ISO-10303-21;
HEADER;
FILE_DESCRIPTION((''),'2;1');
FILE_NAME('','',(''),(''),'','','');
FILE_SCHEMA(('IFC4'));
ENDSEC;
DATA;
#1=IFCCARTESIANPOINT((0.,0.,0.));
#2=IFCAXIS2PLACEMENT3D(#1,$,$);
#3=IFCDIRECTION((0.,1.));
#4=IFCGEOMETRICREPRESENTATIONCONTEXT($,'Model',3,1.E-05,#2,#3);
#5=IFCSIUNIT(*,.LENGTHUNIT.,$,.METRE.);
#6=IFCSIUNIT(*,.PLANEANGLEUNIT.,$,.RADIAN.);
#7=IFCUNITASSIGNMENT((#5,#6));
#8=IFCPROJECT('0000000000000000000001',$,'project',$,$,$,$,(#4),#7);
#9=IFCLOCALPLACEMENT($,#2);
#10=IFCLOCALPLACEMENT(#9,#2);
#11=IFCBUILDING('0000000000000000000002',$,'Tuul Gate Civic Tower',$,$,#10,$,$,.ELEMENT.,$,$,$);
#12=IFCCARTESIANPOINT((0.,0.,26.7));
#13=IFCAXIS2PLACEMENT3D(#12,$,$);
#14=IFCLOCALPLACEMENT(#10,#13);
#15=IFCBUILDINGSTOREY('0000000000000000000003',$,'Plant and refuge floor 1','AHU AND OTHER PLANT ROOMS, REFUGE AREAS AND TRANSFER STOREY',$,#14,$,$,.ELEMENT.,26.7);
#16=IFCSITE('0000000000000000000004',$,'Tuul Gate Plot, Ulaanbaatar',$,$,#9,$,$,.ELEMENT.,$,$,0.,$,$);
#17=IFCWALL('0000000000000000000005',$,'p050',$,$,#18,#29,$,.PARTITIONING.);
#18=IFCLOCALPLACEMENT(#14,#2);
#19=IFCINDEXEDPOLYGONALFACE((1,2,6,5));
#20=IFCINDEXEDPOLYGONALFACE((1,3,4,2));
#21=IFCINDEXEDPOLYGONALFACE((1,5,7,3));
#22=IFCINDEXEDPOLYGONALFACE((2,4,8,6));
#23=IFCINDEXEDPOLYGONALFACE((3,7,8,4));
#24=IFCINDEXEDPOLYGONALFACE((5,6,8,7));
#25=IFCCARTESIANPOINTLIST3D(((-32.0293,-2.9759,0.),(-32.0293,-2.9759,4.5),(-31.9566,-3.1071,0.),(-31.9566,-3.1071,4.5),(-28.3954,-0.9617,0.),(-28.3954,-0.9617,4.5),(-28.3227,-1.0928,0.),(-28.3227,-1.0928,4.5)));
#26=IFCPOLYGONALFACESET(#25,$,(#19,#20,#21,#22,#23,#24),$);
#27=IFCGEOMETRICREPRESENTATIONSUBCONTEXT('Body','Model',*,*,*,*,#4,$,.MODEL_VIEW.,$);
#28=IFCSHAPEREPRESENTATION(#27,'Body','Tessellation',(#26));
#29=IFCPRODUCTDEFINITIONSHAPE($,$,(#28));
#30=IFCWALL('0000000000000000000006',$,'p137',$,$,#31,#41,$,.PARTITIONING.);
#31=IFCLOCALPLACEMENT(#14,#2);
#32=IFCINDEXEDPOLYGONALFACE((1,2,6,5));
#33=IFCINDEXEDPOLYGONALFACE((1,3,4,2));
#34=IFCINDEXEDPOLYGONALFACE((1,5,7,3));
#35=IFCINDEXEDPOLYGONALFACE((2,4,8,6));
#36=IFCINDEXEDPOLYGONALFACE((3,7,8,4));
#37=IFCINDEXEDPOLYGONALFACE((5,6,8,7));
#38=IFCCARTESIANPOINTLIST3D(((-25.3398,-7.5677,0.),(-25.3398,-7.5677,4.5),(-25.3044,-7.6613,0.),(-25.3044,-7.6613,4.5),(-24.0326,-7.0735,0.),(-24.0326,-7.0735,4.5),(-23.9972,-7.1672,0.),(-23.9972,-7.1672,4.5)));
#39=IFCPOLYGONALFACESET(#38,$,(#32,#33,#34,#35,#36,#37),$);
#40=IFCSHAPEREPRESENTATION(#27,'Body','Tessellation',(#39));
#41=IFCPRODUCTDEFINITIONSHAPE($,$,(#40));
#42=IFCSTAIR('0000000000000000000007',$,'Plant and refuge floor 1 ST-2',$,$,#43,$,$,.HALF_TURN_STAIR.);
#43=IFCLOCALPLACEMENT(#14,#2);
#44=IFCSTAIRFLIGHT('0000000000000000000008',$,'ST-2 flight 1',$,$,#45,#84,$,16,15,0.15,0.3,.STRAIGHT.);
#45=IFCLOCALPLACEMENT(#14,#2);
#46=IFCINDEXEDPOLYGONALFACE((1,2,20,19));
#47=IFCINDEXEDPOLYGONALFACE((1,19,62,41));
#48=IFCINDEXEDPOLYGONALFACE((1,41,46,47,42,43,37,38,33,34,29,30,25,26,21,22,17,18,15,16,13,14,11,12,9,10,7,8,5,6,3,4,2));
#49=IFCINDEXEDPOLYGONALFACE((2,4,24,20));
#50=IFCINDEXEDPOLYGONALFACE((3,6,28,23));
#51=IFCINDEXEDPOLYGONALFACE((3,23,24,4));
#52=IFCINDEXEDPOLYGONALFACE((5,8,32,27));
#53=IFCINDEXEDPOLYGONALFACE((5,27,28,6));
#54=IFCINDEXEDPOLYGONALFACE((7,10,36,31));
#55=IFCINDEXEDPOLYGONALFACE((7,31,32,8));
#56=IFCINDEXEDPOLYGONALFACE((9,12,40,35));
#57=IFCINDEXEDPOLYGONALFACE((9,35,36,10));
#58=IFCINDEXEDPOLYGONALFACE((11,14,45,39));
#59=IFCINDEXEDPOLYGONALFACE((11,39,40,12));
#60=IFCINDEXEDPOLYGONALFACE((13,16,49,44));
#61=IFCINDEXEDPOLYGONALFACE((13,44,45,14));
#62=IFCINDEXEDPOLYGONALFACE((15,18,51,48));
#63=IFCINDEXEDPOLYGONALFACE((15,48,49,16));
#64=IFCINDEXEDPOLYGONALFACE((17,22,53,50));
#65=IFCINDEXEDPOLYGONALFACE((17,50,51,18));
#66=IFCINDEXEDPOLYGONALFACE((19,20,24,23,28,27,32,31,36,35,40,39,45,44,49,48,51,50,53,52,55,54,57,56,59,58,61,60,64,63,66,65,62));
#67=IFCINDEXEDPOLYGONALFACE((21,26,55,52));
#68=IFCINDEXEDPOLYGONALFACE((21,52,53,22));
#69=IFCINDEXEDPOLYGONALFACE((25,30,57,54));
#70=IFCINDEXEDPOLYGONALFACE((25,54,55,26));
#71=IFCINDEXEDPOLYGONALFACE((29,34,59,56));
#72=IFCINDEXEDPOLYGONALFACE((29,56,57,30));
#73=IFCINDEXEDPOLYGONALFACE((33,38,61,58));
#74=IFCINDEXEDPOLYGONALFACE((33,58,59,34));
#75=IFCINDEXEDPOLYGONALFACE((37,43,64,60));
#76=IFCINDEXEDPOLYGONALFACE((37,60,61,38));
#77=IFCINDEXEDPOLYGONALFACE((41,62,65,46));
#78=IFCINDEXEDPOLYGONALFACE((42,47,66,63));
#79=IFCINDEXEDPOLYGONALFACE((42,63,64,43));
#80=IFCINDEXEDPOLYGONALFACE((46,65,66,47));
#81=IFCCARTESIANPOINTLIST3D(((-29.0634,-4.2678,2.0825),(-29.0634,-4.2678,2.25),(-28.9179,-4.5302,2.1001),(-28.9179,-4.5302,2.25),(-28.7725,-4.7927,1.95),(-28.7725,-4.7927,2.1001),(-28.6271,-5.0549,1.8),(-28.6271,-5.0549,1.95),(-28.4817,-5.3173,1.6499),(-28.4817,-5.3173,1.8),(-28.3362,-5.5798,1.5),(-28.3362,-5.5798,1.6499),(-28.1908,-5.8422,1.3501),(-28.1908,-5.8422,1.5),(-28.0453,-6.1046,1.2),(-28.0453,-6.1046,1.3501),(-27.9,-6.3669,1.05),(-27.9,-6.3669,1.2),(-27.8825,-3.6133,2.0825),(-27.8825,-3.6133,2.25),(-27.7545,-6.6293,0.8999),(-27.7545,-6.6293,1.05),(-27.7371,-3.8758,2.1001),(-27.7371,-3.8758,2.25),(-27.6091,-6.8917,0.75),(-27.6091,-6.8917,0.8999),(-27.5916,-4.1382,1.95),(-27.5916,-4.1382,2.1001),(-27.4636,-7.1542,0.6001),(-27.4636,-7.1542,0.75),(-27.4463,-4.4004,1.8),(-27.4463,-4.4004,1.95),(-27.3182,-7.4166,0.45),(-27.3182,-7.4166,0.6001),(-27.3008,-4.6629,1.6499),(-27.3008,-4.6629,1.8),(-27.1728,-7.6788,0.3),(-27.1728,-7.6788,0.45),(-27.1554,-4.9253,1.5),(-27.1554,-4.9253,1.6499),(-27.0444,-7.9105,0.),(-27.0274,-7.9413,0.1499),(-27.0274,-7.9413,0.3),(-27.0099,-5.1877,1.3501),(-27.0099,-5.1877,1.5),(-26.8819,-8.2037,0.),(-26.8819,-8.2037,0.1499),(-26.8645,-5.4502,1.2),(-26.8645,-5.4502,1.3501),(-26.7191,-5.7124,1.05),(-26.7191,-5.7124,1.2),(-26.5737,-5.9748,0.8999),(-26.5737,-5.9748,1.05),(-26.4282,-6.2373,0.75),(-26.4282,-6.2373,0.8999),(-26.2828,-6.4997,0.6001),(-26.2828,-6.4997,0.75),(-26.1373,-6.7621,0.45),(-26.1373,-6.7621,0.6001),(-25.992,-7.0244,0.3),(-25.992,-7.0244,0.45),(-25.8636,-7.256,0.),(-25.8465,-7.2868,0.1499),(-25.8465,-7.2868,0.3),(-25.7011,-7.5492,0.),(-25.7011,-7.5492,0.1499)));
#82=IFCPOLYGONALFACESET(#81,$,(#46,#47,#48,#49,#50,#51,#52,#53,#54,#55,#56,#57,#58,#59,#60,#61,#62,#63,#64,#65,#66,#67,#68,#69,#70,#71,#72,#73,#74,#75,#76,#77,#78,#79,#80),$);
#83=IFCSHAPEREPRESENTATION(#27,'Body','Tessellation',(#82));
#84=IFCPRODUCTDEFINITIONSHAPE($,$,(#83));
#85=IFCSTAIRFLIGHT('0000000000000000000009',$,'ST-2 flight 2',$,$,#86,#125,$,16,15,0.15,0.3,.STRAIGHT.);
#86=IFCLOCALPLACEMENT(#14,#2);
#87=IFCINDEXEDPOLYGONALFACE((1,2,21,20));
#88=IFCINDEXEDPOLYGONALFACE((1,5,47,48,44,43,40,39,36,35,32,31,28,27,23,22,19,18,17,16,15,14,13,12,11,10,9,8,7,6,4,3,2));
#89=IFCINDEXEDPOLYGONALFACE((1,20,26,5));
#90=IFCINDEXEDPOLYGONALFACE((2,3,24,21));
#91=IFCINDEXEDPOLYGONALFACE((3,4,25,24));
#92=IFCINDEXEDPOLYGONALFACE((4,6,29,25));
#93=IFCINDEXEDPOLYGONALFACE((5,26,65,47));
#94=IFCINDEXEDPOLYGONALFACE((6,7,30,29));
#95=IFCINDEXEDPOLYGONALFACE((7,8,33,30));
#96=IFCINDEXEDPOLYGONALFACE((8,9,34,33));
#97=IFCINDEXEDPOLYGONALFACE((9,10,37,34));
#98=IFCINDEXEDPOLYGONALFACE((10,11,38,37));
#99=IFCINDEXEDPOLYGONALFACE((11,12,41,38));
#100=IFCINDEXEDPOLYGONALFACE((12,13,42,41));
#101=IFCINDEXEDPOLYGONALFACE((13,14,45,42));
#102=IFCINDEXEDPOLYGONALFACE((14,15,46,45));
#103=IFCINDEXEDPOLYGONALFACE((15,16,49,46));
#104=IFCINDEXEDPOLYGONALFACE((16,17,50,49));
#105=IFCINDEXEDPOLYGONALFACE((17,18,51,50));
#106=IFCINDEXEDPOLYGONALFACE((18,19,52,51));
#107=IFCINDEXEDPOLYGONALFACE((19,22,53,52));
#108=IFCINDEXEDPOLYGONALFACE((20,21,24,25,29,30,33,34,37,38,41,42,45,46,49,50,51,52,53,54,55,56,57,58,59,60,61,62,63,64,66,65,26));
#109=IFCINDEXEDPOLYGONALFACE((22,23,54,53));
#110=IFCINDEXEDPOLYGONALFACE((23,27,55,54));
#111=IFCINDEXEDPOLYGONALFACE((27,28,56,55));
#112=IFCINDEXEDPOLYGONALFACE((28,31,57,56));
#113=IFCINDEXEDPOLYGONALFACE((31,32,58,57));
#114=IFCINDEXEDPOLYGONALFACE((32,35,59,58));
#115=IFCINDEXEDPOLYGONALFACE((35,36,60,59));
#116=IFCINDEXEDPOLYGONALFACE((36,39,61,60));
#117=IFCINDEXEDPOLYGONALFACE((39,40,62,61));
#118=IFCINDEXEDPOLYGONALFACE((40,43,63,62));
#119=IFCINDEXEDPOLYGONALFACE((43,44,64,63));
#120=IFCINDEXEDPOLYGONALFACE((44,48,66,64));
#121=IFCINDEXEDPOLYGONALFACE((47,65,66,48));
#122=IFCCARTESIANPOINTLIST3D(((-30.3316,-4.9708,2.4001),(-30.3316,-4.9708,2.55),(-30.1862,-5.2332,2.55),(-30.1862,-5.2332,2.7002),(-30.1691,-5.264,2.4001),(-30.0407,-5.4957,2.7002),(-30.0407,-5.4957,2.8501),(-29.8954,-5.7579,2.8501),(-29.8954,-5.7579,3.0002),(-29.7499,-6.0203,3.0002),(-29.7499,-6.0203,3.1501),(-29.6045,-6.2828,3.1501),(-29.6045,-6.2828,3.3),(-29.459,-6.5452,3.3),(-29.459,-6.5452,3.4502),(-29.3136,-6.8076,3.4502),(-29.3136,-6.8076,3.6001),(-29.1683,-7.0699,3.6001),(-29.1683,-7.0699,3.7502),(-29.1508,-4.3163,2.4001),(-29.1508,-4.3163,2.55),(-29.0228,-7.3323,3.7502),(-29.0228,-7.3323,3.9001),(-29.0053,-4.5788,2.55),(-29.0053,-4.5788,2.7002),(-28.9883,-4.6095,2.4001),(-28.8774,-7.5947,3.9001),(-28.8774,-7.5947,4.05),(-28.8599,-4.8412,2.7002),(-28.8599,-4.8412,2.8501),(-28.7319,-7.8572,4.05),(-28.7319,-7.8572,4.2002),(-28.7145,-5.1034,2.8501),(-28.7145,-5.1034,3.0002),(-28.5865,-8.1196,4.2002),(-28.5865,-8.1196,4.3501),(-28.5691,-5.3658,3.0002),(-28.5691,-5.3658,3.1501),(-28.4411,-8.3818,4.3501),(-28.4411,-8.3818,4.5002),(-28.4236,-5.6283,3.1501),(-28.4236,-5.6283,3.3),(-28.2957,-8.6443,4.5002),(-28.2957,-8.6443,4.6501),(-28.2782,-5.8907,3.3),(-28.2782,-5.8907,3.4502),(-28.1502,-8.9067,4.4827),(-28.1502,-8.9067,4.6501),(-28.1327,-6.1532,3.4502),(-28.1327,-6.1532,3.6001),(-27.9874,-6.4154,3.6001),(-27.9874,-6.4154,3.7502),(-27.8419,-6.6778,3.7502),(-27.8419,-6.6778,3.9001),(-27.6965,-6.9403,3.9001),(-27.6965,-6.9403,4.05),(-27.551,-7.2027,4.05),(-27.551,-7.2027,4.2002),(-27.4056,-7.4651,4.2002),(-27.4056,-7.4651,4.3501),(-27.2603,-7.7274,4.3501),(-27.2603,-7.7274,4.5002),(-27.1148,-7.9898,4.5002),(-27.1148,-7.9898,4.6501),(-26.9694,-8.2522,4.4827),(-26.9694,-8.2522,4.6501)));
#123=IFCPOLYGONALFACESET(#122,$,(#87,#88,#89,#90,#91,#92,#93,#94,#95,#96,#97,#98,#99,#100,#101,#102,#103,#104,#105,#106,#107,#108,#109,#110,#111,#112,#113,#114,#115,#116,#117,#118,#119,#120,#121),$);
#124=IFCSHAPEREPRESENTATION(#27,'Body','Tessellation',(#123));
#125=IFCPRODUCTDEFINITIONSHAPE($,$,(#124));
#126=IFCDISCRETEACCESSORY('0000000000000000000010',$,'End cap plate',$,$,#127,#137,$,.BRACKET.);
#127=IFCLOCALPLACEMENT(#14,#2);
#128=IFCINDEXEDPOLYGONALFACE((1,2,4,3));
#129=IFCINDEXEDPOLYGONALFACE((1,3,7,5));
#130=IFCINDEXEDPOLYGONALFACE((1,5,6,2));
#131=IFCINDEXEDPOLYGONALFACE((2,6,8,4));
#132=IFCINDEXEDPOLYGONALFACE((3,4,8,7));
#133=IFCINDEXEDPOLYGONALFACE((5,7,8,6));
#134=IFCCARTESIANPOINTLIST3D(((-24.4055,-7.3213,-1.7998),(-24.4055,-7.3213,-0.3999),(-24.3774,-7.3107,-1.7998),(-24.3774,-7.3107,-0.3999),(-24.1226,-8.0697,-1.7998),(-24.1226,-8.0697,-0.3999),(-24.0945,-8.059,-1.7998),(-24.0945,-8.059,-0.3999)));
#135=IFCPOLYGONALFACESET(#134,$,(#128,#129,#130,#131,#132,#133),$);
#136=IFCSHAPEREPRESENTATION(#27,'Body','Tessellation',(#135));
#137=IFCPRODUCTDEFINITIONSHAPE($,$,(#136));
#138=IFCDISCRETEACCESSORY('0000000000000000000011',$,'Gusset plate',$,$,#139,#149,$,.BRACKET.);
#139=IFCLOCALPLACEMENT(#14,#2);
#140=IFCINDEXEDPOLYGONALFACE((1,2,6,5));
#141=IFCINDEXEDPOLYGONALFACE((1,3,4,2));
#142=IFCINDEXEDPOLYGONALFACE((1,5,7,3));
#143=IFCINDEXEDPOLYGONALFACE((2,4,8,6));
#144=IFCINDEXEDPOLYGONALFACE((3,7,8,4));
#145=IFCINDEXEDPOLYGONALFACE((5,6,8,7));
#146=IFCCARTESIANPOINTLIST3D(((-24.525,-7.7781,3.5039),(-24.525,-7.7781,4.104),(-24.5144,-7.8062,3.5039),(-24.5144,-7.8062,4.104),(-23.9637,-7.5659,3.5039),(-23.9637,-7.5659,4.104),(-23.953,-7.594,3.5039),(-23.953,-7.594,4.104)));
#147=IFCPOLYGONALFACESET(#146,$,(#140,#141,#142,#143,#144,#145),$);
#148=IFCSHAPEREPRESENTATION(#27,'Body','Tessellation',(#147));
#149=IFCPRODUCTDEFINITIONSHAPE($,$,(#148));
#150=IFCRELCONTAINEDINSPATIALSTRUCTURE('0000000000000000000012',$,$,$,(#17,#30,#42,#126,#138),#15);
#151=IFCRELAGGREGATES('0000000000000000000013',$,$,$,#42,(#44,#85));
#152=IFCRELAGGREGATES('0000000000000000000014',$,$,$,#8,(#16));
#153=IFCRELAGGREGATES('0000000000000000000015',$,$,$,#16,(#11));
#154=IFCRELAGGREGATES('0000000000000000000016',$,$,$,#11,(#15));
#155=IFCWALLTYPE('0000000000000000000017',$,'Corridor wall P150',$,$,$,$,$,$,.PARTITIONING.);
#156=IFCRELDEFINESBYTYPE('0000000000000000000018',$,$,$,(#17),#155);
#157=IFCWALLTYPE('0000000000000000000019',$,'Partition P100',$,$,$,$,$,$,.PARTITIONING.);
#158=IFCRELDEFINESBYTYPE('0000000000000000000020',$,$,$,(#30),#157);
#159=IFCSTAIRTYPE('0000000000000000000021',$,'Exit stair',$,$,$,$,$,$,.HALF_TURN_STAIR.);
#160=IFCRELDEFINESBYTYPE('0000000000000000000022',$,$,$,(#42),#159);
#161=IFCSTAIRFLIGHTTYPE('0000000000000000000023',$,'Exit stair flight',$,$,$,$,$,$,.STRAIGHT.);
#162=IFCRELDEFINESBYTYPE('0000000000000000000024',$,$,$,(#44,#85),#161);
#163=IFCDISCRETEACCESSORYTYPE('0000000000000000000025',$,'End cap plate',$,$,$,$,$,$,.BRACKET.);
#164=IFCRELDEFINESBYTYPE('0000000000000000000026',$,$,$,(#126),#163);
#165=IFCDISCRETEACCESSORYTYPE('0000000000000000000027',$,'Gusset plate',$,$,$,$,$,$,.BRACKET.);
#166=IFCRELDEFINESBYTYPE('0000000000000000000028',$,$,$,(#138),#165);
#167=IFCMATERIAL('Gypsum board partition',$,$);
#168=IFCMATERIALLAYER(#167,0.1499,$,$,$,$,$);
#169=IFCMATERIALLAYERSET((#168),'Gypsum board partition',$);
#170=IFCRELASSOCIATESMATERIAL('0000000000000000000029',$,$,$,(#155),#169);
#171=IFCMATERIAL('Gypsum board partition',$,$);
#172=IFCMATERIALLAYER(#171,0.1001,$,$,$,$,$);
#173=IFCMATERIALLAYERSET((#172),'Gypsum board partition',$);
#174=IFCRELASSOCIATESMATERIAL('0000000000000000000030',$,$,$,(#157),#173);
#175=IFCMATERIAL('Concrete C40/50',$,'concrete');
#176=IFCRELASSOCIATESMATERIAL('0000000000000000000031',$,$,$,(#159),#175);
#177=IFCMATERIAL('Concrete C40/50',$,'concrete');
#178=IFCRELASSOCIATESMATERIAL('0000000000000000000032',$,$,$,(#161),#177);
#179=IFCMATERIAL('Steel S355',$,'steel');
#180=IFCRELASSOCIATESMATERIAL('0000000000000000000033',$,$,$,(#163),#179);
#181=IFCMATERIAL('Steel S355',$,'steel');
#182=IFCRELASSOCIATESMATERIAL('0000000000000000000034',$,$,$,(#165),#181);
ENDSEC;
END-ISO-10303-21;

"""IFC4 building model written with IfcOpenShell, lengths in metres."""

from ifc_helpers import new_model, si_unit, direction, frame, frame_2d, origin, origin_2d, place, context, subcontext, project, spatial, polyline, rectangle, outline, extrude, material, layer, layer_set, type_object, element, aggregate, save


model = new_model("IFC4")

# Units and contexts
model_context = context("Model", 3, precision=1e-05, world=origin(), true_north=direction((0.0, 1.0)))
body_context = subcontext(model_context, "Body", "Model", "MODEL_VIEW")
ifc_project = project(units=[si_unit("LENGTHUNIT", "METRE"), si_unit("PLANEANGLEUNIT", "RADIAN")], contexts=[model_context])

# Site, building, storey
site_placement = place(None, origin())
site = spatial("IfcSite", under=ifc_project, at=site_placement, Name="Tuul Gate Plot, Ulaanbaatar", CompositionType="ELEMENT", RefElevation=0.0)
building_placement = place(site_placement, origin())
building = spatial("IfcBuilding", under=site, at=building_placement, Name="Tuul Gate Civic Tower", CompositionType="ELEMENT")
storey_placement = place(building_placement, frame((0.0, 0.0, 26.7)))
storey = spatial("IfcBuildingStorey", under=building, at=storey_placement, Name="Plant and refuge floor 1", Description="AHU AND OTHER PLANT ROOMS, REFUGE AREAS AND TRANSFER STOREY", CompositionType="ELEMENT", Elevation=26.7)

# Shared definitions
ifc_material_1 = material(Name="Gypsum board partition")
ifc_layer_1 = layer(ifc_material_1, 0.1499)
ifc_layer_set_1 = layer_set([ifc_layer_1], Name="Gypsum board partition")
wall_type_1 = type_object("IfcWallType", Name="Corridor wall P150", PredefinedType="PARTITIONING", material=ifc_layer_set_1)

# Walls
wall_1_placement = place(storey_placement, frame((-31.9929, -3.0415, 0.0), z_axis=(0.0, 0.0, 1.0), x_axis=(0.874628, 0.484795, 0.0)))
element("IfcWall", 1, at=wall_1_placement, inside=storey, type_object=wall_type_1, Name="p050", PredefinedType="PARTITIONING", context=body_context, shape_type="SweptSolid", body=[
    extrude(rectangle(XDim=4.1548, YDim=0.1499, at=frame_2d((2.0774, 0.0))), origin(), (0.0, 0.0, 1.0), 4.5),
])
ifc_material_2 = material(Name="Gypsum board partition")
ifc_layer_2 = layer(ifc_material_2, 0.1001)
ifc_layer_set_2 = layer_set([ifc_layer_2], Name="Gypsum board partition")
wall_type_2 = type_object("IfcWallType", Name="Partition P100", PredefinedType="PARTITIONING", material=ifc_layer_set_2)
wall_2_placement = place(storey_placement, frame((-24.0149, -7.1204, 0.0), z_axis=(0.0, 0.0, 1.0), x_axis=(-0.935392, -0.353611, 0.0)))
element("IfcWall", 2, at=wall_2_placement, inside=storey, type_object=wall_type_2, Name="p137", PredefinedType="PARTITIONING", context=body_context, shape_type="SweptSolid", body=[
    extrude(rectangle(XDim=1.3975, YDim=0.1001, at=frame_2d((0.6987, 0.0))), origin(), (0.0, 0.0, 1.0), 4.5),
])

# Stair, stair flights
ifc_material_3 = material(Name="Concrete C40/50", Category="concrete")
stair_type = type_object("IfcStairType", Name="Exit stair", PredefinedType="HALF_TURN_STAIR", material=ifc_material_3)
stair_placement = place(storey_placement, origin())
stair = element("IfcStair", 3, at=stair_placement, inside=storey, type_object=stair_type, Name="Plant and refuge floor 1 ST-2", PredefinedType="HALF_TURN_STAIR")
ifc_material_4 = material(Name="Concrete C40/50", Category="concrete")
stair_flight_type = type_object("IfcStairFlightType", Name="Exit stair flight", PredefinedType="STRAIGHT", material=ifc_material_4)
stair_flight_1_placement = place(storey_placement, frame((-26.2915, -7.8765, 0.0), z_axis=(0.0, 0.0, 1.0), x_axis=(-0.484762, 0.874646, 0.0)))
stair_flight_1 = element("IfcStairFlight", 4, at=stair_flight_1_placement, type_object=stair_flight_type, Name="ST-2 flight 1", NumberOfRisers=16, NumberOfTreads=15, PredefinedType="STRAIGHT", RiserHeight=0.15, TreadLength=0.3, context=body_context, shape_type="SweptSolid", body=[
    extrude(outline(polyline([(0.0, 0.0), (0.0, 0.1499), (0.3, 0.1499), (0.3, 0.3), (0.6001, 0.3), (0.6001, 0.45), (0.8999, 0.45), (0.8999, 0.6001), (1.2, 0.6001), (1.2, 0.75), (1.5, 0.75), (1.5, 0.8999), (1.8, 0.8999), (1.8, 1.05), (2.1001, 1.05), (2.1001, 1.2), (2.3999, 1.2), (2.3999, 1.3501), (2.7, 1.3501), (2.7, 1.5), (3.0, 1.5), (3.0, 1.6499), (3.3, 1.6499), (3.3, 1.8), (3.6001, 1.8), (3.6001, 1.95), (3.8999, 1.95), (3.8999, 2.1001), (4.2, 2.1001), (4.2, 2.25), (4.5, 2.25), (4.5, 2.3999), (4.5, 2.0825), (0.3352, 0.0), (0.0, 0.0)])), frame((0.0, 0.675, 0.0), z_axis=(0.0, -1.0, 0.0), x_axis=(1.0, 0.0, 0.0)), (0.0, 0.0, 1.0), 1.3501),
])
stair_flight_2_placement = place(storey_placement, frame((-29.7412, -4.6436, 2.4001), z_axis=(0.0, 0.0, 1.0), x_axis=(0.484762, -0.874646, 0.0)))
stair_flight_2 = element("IfcStairFlight", 5, at=stair_flight_2_placement, type_object=stair_flight_type, Name="ST-2 flight 2", NumberOfRisers=16, NumberOfTreads=15, PredefinedType="STRAIGHT", RiserHeight=0.15, TreadLength=0.3, context=body_context, shape_type="SweptSolid", body=[
    extrude(outline(polyline([(0.0, 0.0), (0.0, 0.1499), (0.3, 0.1499), (0.3, 0.3), (0.6001, 0.3), (0.6001, 0.45), (0.8999, 0.45), (0.8999, 0.6001), (1.2, 0.6001), (1.2, 0.75), (1.5, 0.75), (1.5, 0.8999), (1.8, 0.8999), (1.8, 1.05), (2.1001, 1.05), (2.1001, 1.2), (2.3999, 1.2), (2.3999, 1.3501), (2.7, 1.3501), (2.7, 1.5), (3.0, 1.5), (3.0, 1.6499), (3.3, 1.6499), (3.3, 1.8), (3.6001, 1.8), (3.6001, 1.95), (3.8999, 1.95), (3.8999, 2.1001), (4.2, 2.1001), (4.2, 2.25), (4.5, 2.25), (4.5, 2.3999), (4.5, 2.0825), (0.3352, 0.0), (0.0, 0.0)])), frame((0.0, 0.675, 0.0), z_axis=(0.0, -1.0, 0.0), x_axis=(1.0, 0.0, 0.0)), (0.0, 0.0, 1.0), 1.3501),
])
aggregate(stair, [stair_flight_1, stair_flight_2])

# Discrete accessories
ifc_material_5 = material(Name="Steel S355", Category="steel")
discrete_accessory_type_1 = type_object("IfcDiscreteAccessoryType", Name="End cap plate", PredefinedType="BRACKET", material=ifc_material_5)
discrete_accessory_1_placement = place(storey_placement, frame((-24.25, -7.6902, -1.7998), z_axis=(0.0, 0.0, 1.0), x_axis=(0.935379, 0.353648, 0.0)))
element("IfcDiscreteAccessory", 6, at=discrete_accessory_1_placement, inside=storey, type_object=discrete_accessory_type_1, Name="End cap plate", PredefinedType="BRACKET", context=body_context, shape_type="SweptSolid", body=[
    extrude(rectangle(XDim=0.03, YDim=0.8, at=origin_2d()), origin(), (0.0, 0.0, 1.0), 1.3999),
])
ifc_material_6 = material(Name="Steel S355", Category="steel")
discrete_accessory_type_2 = type_object("IfcDiscreteAccessoryType", Name="Gusset plate", PredefinedType="BRACKET", material=ifc_material_6)
discrete_accessory_2_placement = place(storey_placement, frame((-24.239, -7.686, 3.5039), z_axis=(0.0, 0.0, 1.0), x_axis=(0.935379, 0.353648, 0.0)))
element("IfcDiscreteAccessory", 7, at=discrete_accessory_2_placement, inside=storey, type_object=discrete_accessory_type_2, Name="Gusset plate", PredefinedType="BRACKET", context=body_context, shape_type="SweptSolid", body=[
    extrude(rectangle(XDim=0.6001, YDim=0.03, at=origin_2d()), origin(), (0.0, 0.0, 1.0), 0.6001),
])

save(model, "model.ifc")
